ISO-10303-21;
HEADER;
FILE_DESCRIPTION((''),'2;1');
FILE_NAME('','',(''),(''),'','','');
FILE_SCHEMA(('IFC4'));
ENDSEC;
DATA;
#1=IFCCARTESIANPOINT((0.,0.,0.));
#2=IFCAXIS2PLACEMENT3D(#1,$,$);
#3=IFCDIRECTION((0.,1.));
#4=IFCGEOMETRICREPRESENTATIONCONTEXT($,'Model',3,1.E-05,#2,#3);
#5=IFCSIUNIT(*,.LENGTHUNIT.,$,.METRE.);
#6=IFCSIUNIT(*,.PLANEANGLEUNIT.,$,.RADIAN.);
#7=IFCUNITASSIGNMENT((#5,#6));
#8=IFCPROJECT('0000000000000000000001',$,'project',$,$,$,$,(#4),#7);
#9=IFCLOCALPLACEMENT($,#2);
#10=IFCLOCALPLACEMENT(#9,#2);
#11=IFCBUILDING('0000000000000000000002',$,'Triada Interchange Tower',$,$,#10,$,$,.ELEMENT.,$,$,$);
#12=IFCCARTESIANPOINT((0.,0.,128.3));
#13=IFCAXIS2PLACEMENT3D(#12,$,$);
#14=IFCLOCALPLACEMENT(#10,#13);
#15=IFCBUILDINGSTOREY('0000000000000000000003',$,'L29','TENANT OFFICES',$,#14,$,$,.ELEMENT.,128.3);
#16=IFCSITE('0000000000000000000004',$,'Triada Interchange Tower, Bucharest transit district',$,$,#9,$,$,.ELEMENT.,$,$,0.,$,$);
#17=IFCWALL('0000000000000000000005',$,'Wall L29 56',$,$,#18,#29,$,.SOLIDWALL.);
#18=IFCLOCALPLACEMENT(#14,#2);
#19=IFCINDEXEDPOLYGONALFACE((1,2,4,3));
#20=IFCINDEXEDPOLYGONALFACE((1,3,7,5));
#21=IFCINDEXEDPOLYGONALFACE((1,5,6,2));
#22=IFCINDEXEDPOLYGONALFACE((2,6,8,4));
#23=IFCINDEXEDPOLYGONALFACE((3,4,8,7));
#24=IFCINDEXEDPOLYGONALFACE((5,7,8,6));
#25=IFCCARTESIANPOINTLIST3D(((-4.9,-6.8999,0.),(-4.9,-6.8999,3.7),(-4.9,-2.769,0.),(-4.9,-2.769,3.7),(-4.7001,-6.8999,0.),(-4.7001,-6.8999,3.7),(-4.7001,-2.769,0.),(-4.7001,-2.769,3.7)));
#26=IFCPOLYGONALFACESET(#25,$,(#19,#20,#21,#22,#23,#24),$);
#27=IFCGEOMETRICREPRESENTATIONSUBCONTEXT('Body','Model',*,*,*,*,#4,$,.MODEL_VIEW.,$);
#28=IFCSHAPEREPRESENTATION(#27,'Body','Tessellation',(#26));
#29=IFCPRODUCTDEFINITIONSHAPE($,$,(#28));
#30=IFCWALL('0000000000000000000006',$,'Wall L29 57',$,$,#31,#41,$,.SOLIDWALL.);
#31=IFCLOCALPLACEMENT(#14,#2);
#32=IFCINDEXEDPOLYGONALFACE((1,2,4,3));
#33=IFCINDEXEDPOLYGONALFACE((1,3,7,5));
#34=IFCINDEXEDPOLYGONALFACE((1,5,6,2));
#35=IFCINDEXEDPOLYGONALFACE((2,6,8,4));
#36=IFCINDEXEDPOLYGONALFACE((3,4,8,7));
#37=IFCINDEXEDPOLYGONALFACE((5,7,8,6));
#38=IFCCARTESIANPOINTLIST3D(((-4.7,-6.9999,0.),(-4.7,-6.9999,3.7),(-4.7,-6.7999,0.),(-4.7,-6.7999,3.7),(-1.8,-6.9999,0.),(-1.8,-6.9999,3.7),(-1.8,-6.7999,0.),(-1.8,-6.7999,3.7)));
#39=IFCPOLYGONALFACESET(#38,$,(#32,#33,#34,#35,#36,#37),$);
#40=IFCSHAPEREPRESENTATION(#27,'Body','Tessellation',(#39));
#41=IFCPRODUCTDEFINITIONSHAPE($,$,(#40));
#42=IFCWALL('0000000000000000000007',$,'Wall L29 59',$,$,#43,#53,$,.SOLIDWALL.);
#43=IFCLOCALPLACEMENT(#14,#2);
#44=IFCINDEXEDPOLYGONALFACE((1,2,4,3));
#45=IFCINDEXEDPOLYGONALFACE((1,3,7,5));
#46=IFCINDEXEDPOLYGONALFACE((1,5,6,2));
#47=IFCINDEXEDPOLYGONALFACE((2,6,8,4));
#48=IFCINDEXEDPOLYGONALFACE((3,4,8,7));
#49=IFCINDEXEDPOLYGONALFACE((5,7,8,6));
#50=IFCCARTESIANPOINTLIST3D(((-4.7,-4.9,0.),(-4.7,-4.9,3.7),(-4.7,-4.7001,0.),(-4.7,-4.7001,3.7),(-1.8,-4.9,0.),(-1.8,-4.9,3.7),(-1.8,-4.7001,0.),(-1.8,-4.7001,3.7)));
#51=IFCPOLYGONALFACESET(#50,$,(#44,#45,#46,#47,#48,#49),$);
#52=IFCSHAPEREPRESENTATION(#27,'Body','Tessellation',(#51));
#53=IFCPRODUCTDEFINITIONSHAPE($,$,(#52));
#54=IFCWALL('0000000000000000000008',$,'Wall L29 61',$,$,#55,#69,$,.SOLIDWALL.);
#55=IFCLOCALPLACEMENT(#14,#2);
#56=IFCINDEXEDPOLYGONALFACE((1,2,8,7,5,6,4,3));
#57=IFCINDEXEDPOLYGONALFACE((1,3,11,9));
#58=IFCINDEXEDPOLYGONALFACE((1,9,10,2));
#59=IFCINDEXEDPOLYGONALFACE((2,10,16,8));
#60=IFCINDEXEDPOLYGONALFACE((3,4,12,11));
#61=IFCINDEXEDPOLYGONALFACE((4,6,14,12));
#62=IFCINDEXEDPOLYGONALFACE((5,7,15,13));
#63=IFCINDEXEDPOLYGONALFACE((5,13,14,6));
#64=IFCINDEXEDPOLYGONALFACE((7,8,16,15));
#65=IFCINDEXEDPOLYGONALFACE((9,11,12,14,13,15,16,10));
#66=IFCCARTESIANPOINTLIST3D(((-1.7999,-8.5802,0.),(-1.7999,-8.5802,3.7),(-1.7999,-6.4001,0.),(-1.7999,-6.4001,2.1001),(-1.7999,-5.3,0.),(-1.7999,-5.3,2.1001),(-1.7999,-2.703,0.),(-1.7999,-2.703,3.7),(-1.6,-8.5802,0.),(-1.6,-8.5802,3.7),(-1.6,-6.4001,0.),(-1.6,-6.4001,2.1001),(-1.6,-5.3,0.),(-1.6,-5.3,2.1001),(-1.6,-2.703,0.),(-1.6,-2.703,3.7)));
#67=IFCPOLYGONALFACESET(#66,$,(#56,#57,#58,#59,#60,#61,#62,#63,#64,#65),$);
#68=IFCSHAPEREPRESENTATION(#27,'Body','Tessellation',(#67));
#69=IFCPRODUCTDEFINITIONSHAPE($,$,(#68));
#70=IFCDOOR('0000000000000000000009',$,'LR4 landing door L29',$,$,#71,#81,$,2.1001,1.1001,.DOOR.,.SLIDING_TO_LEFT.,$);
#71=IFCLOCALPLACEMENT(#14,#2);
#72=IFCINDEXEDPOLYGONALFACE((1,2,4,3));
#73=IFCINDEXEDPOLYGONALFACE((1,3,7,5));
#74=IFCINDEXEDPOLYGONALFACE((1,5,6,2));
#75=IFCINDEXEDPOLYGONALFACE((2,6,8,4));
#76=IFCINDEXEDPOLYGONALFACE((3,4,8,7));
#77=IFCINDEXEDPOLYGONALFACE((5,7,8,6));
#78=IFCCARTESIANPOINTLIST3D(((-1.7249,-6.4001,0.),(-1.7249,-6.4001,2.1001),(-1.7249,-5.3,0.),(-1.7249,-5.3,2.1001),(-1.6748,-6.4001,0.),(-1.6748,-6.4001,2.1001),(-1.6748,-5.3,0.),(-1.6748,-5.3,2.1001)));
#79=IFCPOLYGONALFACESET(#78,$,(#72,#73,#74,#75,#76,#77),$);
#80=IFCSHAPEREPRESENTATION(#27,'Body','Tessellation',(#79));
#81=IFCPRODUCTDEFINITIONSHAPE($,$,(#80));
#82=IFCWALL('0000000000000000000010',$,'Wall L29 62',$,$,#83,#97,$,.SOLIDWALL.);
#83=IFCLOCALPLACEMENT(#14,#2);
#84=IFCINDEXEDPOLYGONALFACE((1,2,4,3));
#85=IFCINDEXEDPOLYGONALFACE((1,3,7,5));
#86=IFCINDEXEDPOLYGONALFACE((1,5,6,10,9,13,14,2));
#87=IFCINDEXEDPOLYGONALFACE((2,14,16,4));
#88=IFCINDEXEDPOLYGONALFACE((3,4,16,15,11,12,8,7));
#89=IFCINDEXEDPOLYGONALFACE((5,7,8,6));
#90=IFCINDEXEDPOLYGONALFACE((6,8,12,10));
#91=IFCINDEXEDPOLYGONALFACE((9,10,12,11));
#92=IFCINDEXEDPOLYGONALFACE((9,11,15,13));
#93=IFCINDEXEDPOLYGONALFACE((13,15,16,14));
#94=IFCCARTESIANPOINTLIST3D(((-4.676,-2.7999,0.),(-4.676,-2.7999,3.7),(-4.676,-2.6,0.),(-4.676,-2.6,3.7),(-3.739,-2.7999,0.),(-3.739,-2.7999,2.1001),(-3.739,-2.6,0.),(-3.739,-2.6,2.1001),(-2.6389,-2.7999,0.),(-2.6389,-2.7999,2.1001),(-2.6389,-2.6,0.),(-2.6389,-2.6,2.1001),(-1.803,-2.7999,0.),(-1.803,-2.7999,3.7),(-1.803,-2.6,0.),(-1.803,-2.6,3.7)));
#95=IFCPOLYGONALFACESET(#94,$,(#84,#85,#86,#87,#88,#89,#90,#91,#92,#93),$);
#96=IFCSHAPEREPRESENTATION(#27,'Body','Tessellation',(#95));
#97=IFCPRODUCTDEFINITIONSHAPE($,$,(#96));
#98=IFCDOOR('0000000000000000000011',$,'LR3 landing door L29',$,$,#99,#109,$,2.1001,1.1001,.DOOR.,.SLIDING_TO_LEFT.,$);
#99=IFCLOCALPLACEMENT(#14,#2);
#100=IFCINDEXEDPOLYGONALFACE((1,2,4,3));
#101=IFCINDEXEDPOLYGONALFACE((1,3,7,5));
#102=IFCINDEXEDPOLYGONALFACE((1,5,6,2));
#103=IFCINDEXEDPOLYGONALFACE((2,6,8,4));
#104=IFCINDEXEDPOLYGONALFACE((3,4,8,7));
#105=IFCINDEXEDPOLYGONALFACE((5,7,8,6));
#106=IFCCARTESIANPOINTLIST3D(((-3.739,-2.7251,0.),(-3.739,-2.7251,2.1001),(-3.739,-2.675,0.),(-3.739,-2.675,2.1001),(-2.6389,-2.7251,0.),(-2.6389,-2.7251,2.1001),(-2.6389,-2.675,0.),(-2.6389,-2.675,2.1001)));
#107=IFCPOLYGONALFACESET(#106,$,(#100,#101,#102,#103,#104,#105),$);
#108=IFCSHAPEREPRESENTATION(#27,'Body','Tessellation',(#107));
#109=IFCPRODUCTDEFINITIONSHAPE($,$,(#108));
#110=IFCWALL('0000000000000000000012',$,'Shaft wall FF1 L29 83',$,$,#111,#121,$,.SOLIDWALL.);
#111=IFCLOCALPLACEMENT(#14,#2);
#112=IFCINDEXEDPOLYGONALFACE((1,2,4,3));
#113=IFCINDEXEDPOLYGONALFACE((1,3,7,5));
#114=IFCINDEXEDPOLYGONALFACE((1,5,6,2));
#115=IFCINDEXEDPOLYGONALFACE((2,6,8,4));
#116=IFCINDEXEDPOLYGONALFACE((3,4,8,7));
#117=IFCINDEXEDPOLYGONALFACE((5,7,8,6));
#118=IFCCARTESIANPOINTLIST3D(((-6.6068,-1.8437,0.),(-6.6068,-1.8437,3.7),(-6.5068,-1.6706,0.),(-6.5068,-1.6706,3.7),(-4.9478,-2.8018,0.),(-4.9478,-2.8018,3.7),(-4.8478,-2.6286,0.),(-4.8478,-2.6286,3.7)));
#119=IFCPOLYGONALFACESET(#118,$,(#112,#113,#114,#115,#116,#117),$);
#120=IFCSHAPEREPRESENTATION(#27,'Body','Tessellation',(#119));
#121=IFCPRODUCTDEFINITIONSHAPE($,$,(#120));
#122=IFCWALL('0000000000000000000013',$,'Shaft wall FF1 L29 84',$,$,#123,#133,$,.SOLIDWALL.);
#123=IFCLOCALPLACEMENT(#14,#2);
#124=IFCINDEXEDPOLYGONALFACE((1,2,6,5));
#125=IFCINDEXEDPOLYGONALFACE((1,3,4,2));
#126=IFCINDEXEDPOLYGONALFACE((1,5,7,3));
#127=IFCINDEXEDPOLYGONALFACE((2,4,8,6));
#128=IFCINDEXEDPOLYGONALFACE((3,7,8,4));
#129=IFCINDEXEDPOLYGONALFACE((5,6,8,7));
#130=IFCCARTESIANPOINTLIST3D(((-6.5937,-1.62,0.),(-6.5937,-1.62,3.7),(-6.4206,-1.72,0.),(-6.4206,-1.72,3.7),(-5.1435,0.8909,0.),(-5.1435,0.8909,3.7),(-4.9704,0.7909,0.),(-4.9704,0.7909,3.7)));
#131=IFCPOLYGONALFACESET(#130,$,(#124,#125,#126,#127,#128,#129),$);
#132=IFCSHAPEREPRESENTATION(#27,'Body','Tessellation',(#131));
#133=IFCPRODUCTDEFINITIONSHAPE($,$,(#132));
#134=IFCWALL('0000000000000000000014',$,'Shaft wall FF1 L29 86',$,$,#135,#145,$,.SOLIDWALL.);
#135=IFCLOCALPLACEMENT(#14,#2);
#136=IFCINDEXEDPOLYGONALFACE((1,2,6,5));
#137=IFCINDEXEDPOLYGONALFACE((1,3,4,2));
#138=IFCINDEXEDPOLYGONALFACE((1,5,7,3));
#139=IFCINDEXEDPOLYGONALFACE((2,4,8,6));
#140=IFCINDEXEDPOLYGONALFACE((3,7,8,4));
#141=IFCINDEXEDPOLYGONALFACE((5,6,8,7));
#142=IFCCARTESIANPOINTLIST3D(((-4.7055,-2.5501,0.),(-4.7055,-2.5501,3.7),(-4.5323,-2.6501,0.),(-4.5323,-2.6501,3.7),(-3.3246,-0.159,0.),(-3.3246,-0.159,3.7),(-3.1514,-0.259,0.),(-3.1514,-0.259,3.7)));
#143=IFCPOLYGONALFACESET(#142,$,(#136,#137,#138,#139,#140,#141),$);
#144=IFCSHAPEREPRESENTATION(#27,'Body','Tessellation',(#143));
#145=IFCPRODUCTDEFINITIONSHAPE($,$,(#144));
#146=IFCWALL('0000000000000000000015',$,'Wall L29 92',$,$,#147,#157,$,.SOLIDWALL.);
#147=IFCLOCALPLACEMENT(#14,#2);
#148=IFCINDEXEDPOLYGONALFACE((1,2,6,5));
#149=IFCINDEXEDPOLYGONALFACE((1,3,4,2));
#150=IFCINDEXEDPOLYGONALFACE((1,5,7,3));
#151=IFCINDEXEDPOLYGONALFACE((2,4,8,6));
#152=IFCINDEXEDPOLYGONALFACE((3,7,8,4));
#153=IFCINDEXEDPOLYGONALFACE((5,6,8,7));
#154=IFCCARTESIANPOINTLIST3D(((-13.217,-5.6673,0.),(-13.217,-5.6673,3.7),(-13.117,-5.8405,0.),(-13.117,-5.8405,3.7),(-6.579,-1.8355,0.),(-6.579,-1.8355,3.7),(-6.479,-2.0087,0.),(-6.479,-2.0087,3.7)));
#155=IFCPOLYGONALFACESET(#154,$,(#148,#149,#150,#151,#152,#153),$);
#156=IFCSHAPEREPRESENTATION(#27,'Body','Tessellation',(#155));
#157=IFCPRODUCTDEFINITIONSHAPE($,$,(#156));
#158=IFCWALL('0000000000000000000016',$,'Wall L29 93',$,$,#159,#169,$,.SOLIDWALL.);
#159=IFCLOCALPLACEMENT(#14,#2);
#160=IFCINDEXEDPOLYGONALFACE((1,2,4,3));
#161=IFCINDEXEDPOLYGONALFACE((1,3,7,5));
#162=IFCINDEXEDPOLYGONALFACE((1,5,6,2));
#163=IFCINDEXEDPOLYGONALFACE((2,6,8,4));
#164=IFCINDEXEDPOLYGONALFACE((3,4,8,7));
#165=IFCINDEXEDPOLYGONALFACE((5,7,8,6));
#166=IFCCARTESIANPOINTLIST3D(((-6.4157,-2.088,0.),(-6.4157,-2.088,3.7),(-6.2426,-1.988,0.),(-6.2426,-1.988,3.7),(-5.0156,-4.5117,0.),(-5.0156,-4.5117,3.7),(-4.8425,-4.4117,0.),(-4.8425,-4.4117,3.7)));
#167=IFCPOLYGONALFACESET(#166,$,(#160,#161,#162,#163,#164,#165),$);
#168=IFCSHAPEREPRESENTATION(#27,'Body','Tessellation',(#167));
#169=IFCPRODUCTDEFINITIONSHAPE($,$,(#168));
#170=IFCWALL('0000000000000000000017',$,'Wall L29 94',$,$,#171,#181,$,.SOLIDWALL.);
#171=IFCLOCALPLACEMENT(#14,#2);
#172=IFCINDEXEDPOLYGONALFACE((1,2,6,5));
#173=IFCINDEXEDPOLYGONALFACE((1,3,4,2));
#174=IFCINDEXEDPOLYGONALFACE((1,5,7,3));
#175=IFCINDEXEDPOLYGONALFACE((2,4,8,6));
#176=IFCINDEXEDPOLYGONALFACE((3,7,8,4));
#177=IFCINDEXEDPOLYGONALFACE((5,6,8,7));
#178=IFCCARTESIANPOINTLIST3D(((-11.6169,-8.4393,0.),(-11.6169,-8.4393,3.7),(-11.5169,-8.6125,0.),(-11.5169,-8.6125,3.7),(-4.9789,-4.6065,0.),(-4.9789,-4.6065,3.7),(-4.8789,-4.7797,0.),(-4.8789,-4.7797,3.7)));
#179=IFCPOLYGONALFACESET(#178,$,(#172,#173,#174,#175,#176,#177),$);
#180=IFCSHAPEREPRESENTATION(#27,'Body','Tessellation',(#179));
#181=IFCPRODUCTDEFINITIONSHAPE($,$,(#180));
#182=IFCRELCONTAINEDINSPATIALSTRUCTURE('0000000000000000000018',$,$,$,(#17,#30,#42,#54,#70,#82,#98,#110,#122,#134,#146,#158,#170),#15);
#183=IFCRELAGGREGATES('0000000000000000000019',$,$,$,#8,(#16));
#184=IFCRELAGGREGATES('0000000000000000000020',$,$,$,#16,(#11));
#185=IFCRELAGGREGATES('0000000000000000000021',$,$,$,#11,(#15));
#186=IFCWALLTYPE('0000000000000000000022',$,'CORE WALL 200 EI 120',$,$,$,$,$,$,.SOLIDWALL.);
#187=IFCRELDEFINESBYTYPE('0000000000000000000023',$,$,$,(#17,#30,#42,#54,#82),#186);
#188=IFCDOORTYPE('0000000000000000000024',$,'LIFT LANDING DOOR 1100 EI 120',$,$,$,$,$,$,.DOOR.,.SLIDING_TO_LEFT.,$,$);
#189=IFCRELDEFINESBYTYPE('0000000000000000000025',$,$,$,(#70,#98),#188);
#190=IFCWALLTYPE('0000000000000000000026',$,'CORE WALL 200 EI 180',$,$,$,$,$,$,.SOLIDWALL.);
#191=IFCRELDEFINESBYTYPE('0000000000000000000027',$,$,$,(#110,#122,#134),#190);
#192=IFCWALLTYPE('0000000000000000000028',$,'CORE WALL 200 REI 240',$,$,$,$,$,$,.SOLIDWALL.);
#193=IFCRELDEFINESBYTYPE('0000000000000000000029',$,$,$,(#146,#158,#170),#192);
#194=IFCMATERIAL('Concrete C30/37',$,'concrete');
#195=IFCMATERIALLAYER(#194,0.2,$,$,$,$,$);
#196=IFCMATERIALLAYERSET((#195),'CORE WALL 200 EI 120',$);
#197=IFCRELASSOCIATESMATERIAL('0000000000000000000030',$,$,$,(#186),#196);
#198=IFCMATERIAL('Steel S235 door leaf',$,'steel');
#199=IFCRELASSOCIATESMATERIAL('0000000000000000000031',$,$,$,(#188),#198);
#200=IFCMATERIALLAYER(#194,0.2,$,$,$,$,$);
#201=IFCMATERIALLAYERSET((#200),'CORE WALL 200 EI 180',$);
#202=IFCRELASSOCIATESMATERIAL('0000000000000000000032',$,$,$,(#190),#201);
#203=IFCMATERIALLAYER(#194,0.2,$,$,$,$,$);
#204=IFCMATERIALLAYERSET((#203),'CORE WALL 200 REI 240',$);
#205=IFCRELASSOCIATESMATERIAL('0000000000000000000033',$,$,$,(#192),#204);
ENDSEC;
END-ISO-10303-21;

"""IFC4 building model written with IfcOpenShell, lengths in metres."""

from ifc_helpers import new_model, si_unit, direction, frame, frame_2d, origin, place, context, subcontext, project, spatial, rectangle, extrude, material, layer, layer_set, type_object, element, fill, save


model = new_model("IFC4")

# Units and contexts
model_context = context("Model", 3, precision=1e-05, world=origin(), true_north=direction((0.0, 1.0)))
body_context = subcontext(model_context, "Body", "Model", "MODEL_VIEW")
ifc_project = project(units=[si_unit("LENGTHUNIT", "METRE"), si_unit("PLANEANGLEUNIT", "RADIAN")], contexts=[model_context])

# Site, building, storey
site_placement = place(None, origin())
site = spatial("IfcSite", under=ifc_project, at=site_placement, Name="Triada Interchange Tower, Bucharest transit district", CompositionType="ELEMENT", RefElevation=0.0)
building_placement = place(site_placement, origin())
building = spatial("IfcBuilding", under=site, at=building_placement, Name="Triada Interchange Tower", CompositionType="ELEMENT")
storey_placement = place(building_placement, frame((0.0, 0.0, 128.3)))
storey = spatial("IfcBuildingStorey", under=building, at=storey_placement, Name="L29", Description="TENANT OFFICES", CompositionType="ELEMENT", Elevation=128.3)

# Walls
ifc_material_1 = material(Name="Concrete C30/37", Category="concrete")
ifc_layer_1 = layer(ifc_material_1, 0.2)
ifc_layer_set_1 = layer_set([ifc_layer_1], Name="CORE WALL 200 EI 120")
wall_type_1 = type_object("IfcWallType", Name="CORE WALL 200 EI 120", PredefinedType="SOLIDWALL", material=ifc_layer_set_1)
wall_1_placement = place(storey_placement, frame((-4.8, -6.8999, 0.0), z_axis=(0.0, 0.0, 1.0), x_axis=(0.0, 1.0, 0.0)))
element("IfcWall", 1, at=wall_1_placement, inside=storey, type_object=wall_type_1, Name="Wall L29 56", PredefinedType="SOLIDWALL", context=body_context, shape_type="SweptSolid", body=[
    extrude(rectangle(XDim=4.1309, YDim=0.2, at=frame_2d((2.0654, 0.0))), origin(), (0.0, 0.0, 1.0), 3.7),
])
for number, where, z_axis, x_axis, name in (
    (2, (-4.7, -6.8999, 0.0), (0.0, 0.0, 1.0), (1.0, 0.0, 0.0), "Wall L29 57"),
    (3, (-4.7, -4.8, 0.0), (0.0, 0.0, 1.0), (1.0, 0.0, 0.0), "Wall L29 59"),
):
    element("IfcWall", number, at=place(storey_placement, frame(where, z_axis=z_axis, x_axis=x_axis)), inside=storey, type_object=wall_type_1, Name=name, PredefinedType="SOLIDWALL", context=body_context, shape_type="SweptSolid", body=[
        extrude(rectangle(XDim=2.8999, YDim=0.2, at=frame_2d((1.45, 0.0))), origin(), (0.0, 0.0, 1.0), 3.7),
    ])

# Walls, openings, doors
wall_2_placement = place(storey_placement, frame((-1.7, -8.5801, 0.0), z_axis=(0.0, 0.0, 1.0), x_axis=(0.0, 1.0, 0.0)))
wall_2 = element("IfcWall", 4, at=wall_2_placement, inside=storey, type_object=wall_type_1, Name="Wall L29 61", PredefinedType="SOLIDWALL", context=body_context, shape_type="SweptSolid", body=[
    extrude(rectangle(XDim=5.8772, YDim=0.2, at=frame_2d((2.9385, 0.0))), origin(), (0.0, 0.0, 1.0), 3.7),
])
opening_1_placement = place(wall_2_placement, frame((2.1799, 0.0, 0.0)))
opening_1 = element("IfcOpeningElement", 5, at=opening_1_placement, cuts=wall_2, PredefinedType="OPENING", context=body_context, shape_type="SweptSolid", body=[
    extrude(rectangle(XDim=1.1001, YDim=2.1001, at=frame_2d((0.55, 1.05))), frame((0.0, 0.1099, 0.0), z_axis=(0.0, -1.0, 0.0), x_axis=(1.0, 0.0, 0.0)), (0.0, 0.0, 1.0), 0.22),
])
ifc_material_2 = material(Name="Steel S235 door leaf", Category="steel")
door_type_1 = type_object("IfcDoorType", Name="LIFT LANDING DOOR 1100 EI 120", OperationType="SLIDING_TO_LEFT", PredefinedType="DOOR", material=ifc_material_2)
door_1_placement = place(opening_1_placement, origin())
door_1 = element("IfcDoor", 6, at=door_1_placement, inside=storey, type_object=door_type_1, Name="LR4 landing door L29", OperationType="SLIDING_TO_LEFT", OverallHeight=2.1001, OverallWidth=1.1001, PredefinedType="DOOR", context=body_context, shape_type="SweptSolid", body=[
    extrude(rectangle(XDim=1.1001, YDim=2.1001, at=frame_2d((0.55, 1.05))), frame((0.0, 0.0249, 0.0), z_axis=(0.0, -1.0, 0.0), x_axis=(1.0, 0.0, 0.0)), (0.0, 0.0, 1.0), 0.05),
])
fill(opening_1, door_1)
wall_3_placement = place(storey_placement, frame((-4.676, -2.7, 0.0), z_axis=(0.0, 0.0, 1.0), x_axis=(1.0, 0.0, 0.0)))
wall_3 = element("IfcWall", 7, at=wall_3_placement, inside=storey, type_object=wall_type_1, Name="Wall L29 62", PredefinedType="SOLIDWALL", context=body_context, shape_type="SweptSolid", body=[
    extrude(rectangle(XDim=2.873, YDim=0.2, at=frame_2d((1.4365, 0.0))), origin(), (0.0, 0.0, 1.0), 3.7),
])
opening_2_placement = place(wall_3_placement, frame((0.937, 0.0, 0.0)))
opening_2 = element("IfcOpeningElement", 8, at=opening_2_placement, cuts=wall_3, PredefinedType="OPENING", context=body_context, shape_type="SweptSolid", body=[
    extrude(rectangle(XDim=1.1001, YDim=2.1001, at=frame_2d((0.55, 1.05))), frame((0.0, 0.1099, 0.0), z_axis=(0.0, -1.0, 0.0), x_axis=(1.0, 0.0, 0.0)), (0.0, 0.0, 1.0), 0.22),
])
door_2_placement = place(opening_2_placement, origin())
door_2 = element("IfcDoor", 9, at=door_2_placement, inside=storey, type_object=door_type_1, Name="LR3 landing door L29", OperationType="SLIDING_TO_LEFT", OverallHeight=2.1001, OverallWidth=1.1001, PredefinedType="DOOR", context=body_context, shape_type="SweptSolid", body=[
    extrude(rectangle(XDim=1.1001, YDim=2.1001, at=frame_2d((0.55, 1.05))), frame((0.0, 0.0249, 0.0), z_axis=(0.0, -1.0, 0.0), x_axis=(1.0, 0.0, 0.0)), (0.0, 0.0, 1.0), 0.05),
])
fill(opening_2, door_2)

# Walls
ifc_layer_2 = layer(ifc_material_1, 0.2)
ifc_layer_set_2 = layer_set([ifc_layer_2], Name="CORE WALL 200 EI 180")
wall_type_2 = type_object("IfcWallType", Name="CORE WALL 200 EI 180", PredefinedType="SOLIDWALL", material=ifc_layer_set_2)
wall_4_placement = place(storey_placement, frame((-6.5569, -1.7571, 0.0), z_axis=(0.0, 0.0, 1.0), x_axis=(0.865975, -0.500086, 0.0)))
element("IfcWall", 10, at=wall_4_placement, inside=storey, type_object=wall_type_2, Name="Shaft wall FF1 L29 83", PredefinedType="SOLIDWALL", context=body_context, shape_type="SweptSolid", body=[
    extrude(rectangle(XDim=1.9158, YDim=0.2, at=frame_2d((0.958, 0.0))), origin(), (0.0, 0.0, 1.0), 3.7),
])
wall_5_placement = place(storey_placement, frame((-6.5071, -1.6699, 0.0), z_axis=(0.0, 0.0, 1.0), x_axis=(0.500123, 0.865954, 0.0)))
element("IfcWall", 11, at=wall_5_placement, inside=storey, type_object=wall_type_2, Name="Shaft wall FF1 L29 84", PredefinedType="SOLIDWALL", context=body_context, shape_type="SweptSolid", body=[
    extrude(rectangle(XDim=2.8997, YDim=0.2, at=frame_2d((1.4497, 0.0))), origin(), (0.0, 0.0, 1.0), 3.7),
])
wall_6_placement = place(storey_placement, frame((-4.6189, -2.6001, 0.0), z_axis=(0.0, 0.0, 1.0), x_axis=(0.500095, 0.865971, 0.0)))
element("IfcWall", 12, at=wall_6_placement, inside=storey, type_object=wall_type_2, Name="Shaft wall FF1 L29 86", PredefinedType="SOLIDWALL", context=body_context, shape_type="SweptSolid", body=[
    extrude(rectangle(XDim=2.7612, YDim=0.2, at=frame_2d((1.3806, 0.0))), origin(), (0.0, 0.0, 1.0), 3.7),
])
ifc_layer_3 = layer(ifc_material_1, 0.2)
ifc_layer_set_3 = layer_set([ifc_layer_3], Name="CORE WALL 200 REI 240")
wall_type_3 = type_object("IfcWallType", Name="CORE WALL 200 REI 240", PredefinedType="SOLIDWALL", material=ifc_layer_set_3)
wall_7_placement = place(storey_placement, frame((-13.167, -5.7539, 0.0), z_axis=(0.0, 0.0, 1.0), x_axis=(0.866061, 0.499938, 0.0)))
element("IfcWall", 13, at=wall_7_placement, inside=storey, type_object=wall_type_3, Name="Wall L29 92", PredefinedType="SOLIDWALL", context=body_context, shape_type="SweptSolid", body=[
    extrude(rectangle(XDim=7.6646, YDim=0.2, at=frame_2d((3.8323, 0.0))), origin(), (0.0, 0.0, 1.0), 3.7),
])
wall_8_placement = place(storey_placement, frame((-6.3291, -2.0381, 0.0), z_axis=(0.0, 0.0, 1.0), x_axis=(0.500201, -0.86591, 0.0)))
element("IfcWall", 14, at=wall_8_placement, inside=storey, type_object=wall_type_3, Name="Wall L29 93", PredefinedType="SOLIDWALL", context=body_context, shape_type="SweptSolid", body=[
    extrude(rectangle(XDim=2.7991, YDim=0.2, at=frame_2d((1.3994, 0.0))), origin(), (0.0, 0.0, 1.0), 3.7),
])
wall_9_placement = place(storey_placement, frame((-11.5669, -8.5259, 0.0), z_axis=(0.0, 0.0, 1.0), x_axis=(0.866006, 0.500034, 0.0)))
element("IfcWall", 15, at=wall_9_placement, inside=storey, type_object=wall_type_3, Name="Wall L29 94", PredefinedType="SOLIDWALL", context=body_context, shape_type="SweptSolid", body=[
    extrude(rectangle(XDim=7.665, YDim=0.2, at=frame_2d((3.8325, 0.0))), origin(), (0.0, 0.0, 1.0), 3.7),
])

save(model, "model.ifc")
